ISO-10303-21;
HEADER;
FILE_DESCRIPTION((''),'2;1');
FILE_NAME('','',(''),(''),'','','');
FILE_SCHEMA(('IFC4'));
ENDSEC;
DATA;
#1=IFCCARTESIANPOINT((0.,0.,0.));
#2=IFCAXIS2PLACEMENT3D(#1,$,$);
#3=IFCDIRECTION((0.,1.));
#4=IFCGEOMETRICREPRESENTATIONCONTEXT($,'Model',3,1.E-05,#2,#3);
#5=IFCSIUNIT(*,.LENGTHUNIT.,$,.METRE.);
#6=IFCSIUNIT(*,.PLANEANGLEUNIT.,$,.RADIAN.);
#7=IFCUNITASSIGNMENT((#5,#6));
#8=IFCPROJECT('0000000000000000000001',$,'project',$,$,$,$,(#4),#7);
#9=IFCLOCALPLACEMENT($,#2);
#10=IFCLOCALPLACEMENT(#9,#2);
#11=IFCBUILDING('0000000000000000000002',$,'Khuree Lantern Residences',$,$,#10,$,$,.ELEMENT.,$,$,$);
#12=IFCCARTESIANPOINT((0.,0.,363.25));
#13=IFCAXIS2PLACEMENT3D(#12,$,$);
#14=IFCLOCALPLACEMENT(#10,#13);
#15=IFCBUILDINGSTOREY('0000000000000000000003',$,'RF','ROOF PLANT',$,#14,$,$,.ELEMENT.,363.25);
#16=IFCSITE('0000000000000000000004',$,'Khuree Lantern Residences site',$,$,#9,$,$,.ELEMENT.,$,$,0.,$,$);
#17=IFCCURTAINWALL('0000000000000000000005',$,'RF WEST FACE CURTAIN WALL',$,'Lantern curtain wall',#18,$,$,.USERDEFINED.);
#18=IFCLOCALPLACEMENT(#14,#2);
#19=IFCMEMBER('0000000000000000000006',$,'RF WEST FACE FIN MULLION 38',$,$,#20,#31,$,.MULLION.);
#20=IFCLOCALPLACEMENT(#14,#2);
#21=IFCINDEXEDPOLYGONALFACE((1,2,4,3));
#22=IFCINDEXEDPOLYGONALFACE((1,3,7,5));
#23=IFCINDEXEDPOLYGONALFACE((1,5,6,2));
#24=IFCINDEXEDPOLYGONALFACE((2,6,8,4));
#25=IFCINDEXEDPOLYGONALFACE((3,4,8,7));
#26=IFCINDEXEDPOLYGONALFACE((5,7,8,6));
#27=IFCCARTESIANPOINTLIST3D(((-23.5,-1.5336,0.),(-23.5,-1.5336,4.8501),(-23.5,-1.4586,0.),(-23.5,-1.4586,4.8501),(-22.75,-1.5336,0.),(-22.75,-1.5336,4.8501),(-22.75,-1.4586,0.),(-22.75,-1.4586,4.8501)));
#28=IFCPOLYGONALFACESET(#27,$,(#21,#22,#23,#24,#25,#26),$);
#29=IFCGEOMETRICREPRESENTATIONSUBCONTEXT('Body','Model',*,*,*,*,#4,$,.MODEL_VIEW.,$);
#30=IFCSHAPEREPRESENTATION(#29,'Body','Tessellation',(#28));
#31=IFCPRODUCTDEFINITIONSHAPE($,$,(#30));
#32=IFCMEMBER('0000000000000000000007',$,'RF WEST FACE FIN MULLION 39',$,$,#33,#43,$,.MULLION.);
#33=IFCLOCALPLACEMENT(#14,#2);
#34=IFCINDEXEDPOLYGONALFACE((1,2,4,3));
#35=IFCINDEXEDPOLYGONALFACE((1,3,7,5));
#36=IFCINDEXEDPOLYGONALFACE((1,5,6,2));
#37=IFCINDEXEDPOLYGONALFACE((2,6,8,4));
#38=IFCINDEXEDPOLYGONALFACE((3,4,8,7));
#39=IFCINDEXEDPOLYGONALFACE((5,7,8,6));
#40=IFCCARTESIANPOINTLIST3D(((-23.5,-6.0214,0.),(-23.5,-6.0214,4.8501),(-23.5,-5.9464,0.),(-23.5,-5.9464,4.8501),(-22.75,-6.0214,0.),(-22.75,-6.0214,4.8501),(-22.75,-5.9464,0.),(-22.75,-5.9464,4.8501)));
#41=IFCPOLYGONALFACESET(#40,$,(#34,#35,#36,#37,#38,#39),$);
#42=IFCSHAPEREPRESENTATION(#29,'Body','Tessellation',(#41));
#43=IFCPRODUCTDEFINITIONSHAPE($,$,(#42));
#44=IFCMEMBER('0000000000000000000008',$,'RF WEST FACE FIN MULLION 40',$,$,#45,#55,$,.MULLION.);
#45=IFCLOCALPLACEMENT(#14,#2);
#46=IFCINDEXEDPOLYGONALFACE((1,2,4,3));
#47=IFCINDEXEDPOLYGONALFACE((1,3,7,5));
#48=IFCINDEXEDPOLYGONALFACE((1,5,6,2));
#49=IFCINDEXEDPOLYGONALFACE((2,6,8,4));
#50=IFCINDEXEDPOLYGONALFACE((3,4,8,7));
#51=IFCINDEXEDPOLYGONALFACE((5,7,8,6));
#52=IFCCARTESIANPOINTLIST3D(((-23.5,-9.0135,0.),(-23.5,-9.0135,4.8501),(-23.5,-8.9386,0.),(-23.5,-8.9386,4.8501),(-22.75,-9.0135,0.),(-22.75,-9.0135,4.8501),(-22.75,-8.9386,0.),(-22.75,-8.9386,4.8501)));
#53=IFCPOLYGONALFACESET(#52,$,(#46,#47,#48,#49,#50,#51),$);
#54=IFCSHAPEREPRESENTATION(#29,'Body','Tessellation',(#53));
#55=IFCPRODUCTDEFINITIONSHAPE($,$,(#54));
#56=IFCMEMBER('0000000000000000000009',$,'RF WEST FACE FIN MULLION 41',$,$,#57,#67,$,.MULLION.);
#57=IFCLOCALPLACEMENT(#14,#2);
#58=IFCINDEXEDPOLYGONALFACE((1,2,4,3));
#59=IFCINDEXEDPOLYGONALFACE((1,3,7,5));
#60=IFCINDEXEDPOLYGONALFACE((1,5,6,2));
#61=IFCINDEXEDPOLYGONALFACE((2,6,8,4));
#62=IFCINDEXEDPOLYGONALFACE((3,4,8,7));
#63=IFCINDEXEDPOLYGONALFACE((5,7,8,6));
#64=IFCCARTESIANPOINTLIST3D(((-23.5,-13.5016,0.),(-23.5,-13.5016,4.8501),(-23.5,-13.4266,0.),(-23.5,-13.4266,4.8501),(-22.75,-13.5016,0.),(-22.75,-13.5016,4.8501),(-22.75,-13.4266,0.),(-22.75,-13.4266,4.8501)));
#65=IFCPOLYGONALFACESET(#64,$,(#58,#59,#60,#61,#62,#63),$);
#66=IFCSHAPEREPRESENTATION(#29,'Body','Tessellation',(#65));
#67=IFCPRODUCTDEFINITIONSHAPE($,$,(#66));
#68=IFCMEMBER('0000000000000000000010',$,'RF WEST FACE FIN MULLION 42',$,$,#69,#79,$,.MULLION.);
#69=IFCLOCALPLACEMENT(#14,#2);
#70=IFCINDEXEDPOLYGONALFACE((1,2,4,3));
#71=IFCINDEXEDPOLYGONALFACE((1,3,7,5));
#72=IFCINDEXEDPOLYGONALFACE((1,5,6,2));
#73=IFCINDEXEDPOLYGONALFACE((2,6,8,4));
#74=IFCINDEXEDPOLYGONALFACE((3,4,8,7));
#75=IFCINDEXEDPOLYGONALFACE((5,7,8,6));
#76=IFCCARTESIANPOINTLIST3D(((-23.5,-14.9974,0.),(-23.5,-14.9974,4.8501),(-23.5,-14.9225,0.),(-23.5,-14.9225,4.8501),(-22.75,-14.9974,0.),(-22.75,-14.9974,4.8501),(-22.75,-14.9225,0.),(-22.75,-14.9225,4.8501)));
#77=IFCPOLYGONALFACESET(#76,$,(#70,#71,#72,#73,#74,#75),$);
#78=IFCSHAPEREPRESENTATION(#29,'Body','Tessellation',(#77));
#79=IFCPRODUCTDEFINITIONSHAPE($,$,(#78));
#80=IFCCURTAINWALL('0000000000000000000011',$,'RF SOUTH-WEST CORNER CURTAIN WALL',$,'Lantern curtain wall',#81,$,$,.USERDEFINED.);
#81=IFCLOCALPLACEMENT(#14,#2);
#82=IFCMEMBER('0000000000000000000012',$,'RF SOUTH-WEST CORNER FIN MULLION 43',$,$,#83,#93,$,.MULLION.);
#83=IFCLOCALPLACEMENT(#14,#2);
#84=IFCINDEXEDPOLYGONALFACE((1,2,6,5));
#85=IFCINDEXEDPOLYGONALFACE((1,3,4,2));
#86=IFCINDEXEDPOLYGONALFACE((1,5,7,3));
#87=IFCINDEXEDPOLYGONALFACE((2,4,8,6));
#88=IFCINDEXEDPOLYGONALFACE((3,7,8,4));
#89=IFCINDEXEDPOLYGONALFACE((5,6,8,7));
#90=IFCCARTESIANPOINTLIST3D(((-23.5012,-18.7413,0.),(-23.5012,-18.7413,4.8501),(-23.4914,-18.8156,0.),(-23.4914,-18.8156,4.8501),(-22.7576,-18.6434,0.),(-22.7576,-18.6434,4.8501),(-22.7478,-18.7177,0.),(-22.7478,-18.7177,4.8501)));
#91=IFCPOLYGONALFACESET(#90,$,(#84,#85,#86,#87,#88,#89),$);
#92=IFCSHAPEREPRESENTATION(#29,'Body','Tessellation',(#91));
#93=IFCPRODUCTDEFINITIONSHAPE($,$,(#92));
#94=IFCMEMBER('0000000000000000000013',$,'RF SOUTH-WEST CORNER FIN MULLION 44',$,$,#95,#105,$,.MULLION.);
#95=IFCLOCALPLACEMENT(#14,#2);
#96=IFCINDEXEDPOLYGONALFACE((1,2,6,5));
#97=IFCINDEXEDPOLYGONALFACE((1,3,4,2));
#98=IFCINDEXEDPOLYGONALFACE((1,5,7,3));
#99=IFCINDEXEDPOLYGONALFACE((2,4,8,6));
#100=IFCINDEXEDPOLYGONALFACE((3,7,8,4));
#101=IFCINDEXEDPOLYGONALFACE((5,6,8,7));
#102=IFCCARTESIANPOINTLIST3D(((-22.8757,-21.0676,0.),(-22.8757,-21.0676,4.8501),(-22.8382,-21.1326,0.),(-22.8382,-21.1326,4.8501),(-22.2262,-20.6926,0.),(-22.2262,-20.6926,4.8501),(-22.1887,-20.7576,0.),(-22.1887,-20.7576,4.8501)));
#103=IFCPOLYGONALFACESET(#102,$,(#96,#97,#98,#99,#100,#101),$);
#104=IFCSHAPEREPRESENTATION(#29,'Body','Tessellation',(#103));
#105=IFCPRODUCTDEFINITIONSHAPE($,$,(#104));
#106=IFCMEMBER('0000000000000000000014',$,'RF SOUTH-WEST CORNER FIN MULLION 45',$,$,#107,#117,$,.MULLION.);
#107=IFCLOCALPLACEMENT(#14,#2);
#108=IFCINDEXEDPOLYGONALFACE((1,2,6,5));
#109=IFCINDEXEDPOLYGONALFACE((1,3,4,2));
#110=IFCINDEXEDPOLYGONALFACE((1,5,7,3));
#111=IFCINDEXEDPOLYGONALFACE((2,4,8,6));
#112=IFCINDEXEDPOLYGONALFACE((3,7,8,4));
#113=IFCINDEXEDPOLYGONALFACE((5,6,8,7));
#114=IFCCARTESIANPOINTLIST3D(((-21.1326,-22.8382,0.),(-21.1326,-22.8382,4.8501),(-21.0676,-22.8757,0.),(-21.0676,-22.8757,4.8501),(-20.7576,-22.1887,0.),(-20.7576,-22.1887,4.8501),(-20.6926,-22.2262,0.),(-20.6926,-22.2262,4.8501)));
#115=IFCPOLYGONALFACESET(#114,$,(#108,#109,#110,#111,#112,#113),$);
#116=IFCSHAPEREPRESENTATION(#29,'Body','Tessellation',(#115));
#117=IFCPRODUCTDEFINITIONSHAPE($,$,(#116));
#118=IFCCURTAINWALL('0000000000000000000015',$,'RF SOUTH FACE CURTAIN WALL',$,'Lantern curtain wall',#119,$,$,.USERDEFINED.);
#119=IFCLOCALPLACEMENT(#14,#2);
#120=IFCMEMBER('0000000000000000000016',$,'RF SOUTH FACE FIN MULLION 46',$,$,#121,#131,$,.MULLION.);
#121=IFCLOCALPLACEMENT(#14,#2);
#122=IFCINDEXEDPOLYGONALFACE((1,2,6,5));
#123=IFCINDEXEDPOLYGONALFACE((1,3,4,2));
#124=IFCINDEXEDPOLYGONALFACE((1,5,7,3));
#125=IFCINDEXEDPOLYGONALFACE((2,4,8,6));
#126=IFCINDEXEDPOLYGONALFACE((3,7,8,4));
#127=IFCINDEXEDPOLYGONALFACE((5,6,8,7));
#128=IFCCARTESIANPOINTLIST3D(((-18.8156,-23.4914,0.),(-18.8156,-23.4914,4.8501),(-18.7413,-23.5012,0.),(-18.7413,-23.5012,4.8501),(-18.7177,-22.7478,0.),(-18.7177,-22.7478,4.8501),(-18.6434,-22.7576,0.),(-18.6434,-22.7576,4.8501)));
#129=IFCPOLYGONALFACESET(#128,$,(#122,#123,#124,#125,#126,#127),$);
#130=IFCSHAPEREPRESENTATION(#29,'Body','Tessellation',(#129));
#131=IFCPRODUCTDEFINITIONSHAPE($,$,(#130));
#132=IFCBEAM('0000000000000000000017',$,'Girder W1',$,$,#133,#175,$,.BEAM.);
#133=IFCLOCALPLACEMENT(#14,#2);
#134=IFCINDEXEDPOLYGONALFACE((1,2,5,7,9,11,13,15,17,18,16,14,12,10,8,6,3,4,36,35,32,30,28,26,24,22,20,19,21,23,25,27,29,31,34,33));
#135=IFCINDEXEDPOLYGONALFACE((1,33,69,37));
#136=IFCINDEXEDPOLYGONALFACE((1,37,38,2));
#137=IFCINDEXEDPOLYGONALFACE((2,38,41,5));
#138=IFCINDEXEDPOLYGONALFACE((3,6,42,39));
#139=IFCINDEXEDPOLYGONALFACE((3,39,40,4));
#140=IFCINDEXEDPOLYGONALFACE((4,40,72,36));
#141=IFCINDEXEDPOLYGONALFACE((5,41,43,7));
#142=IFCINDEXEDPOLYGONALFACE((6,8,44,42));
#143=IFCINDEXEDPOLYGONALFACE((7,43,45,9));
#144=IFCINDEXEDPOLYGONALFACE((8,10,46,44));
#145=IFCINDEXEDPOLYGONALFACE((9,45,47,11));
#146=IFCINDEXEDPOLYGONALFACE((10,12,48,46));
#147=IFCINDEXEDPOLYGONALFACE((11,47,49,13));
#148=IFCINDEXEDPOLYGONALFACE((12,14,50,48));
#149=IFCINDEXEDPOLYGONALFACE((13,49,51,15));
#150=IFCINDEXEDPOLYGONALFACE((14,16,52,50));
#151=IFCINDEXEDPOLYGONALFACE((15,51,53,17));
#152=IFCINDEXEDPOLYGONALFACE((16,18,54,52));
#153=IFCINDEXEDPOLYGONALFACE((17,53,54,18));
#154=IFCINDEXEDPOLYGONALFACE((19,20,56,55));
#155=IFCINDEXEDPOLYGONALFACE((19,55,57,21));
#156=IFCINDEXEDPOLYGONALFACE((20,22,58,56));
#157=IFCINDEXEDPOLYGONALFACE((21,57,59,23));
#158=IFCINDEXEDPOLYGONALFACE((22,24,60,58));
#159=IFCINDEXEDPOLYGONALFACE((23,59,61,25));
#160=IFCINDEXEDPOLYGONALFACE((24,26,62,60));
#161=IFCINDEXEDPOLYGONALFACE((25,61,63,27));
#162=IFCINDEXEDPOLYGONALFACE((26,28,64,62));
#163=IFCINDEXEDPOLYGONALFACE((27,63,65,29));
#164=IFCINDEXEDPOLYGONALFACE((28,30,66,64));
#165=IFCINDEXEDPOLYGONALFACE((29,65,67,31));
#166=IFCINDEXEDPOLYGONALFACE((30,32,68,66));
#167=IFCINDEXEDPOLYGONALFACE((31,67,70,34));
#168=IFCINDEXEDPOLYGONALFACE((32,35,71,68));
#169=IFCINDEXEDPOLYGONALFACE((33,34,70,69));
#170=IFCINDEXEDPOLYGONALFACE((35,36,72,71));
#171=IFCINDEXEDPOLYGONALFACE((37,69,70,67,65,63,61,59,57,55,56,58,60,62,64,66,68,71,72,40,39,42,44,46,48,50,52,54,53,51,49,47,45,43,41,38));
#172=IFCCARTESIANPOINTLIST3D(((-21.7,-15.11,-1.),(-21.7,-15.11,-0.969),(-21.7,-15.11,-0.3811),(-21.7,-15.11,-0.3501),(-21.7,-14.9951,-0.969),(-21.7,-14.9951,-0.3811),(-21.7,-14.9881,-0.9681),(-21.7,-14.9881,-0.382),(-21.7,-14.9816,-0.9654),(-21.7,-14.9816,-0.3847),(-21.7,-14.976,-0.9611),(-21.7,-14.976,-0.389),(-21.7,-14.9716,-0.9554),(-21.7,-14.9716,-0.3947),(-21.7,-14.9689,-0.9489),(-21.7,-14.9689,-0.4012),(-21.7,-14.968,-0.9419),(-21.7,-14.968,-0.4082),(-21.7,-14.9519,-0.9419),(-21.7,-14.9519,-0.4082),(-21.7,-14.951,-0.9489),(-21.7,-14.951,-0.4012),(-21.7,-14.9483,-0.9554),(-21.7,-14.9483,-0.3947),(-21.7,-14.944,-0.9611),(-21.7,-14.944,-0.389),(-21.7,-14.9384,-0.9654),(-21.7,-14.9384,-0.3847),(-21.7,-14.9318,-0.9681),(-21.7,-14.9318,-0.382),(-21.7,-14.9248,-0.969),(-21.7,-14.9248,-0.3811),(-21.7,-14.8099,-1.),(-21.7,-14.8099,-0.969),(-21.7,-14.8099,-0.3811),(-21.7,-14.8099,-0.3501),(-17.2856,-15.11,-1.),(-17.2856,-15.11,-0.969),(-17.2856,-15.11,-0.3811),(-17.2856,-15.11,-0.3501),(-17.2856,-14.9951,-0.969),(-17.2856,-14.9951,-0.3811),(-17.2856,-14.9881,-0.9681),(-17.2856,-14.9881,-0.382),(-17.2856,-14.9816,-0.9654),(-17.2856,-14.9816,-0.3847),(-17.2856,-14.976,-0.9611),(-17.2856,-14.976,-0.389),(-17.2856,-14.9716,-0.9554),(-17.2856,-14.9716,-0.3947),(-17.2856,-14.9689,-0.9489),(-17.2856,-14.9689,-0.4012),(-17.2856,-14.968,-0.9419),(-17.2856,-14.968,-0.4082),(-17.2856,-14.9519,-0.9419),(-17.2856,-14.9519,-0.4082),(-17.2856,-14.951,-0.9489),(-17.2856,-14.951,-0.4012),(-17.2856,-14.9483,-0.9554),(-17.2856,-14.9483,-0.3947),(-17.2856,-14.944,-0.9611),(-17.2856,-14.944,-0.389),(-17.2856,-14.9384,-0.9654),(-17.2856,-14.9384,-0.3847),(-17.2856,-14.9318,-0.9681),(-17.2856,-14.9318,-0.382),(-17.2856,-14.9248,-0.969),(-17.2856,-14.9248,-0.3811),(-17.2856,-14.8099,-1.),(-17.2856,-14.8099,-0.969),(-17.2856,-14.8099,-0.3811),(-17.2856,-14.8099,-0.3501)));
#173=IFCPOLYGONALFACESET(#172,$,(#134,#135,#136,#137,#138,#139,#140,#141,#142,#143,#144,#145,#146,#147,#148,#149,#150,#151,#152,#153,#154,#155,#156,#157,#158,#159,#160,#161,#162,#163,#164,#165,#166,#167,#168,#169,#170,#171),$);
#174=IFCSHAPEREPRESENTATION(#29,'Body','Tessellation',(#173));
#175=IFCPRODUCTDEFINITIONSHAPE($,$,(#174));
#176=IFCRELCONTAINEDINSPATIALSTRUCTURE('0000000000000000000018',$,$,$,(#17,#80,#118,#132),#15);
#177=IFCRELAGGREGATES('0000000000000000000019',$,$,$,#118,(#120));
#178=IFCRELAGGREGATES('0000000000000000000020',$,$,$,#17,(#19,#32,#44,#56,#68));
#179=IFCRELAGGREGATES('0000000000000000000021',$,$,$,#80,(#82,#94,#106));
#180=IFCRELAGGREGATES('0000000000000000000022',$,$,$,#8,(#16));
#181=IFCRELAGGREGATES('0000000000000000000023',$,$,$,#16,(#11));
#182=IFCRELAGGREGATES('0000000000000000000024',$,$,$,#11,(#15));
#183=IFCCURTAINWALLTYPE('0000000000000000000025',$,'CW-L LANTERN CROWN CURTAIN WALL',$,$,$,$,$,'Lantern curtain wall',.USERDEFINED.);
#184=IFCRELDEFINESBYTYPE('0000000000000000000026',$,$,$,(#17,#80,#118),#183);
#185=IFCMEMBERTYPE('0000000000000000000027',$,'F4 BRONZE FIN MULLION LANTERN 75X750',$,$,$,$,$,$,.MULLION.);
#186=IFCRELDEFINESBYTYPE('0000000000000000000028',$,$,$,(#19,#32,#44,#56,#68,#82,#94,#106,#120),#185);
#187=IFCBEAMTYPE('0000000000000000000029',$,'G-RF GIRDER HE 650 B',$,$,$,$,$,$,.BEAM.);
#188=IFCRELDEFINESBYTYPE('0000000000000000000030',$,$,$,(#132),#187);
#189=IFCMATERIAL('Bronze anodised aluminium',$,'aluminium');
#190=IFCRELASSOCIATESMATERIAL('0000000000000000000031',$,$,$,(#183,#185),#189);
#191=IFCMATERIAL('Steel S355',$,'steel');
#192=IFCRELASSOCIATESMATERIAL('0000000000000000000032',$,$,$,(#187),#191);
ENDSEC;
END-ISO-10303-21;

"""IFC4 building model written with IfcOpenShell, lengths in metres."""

from ifc_helpers import new_model, si_unit, direction, frame, origin, origin_2d, place, context, subcontext, project, spatial, rectangle, i_section, extrude, material, material_profile, profile_set, type_object, element, aggregate, save


model = new_model("IFC4")

# Units and contexts
model_context = context("Model", 3, precision=1e-05, world=origin(), true_north=direction((0.0, 1.0)))
body_context = subcontext(model_context, "Body", "Model", "MODEL_VIEW")
ifc_project = project(units=[si_unit("LENGTHUNIT", "METRE"), si_unit("PLANEANGLEUNIT", "RADIAN")], contexts=[model_context])

# Site, building, storey
site_placement = place(None, origin())
site = spatial("IfcSite", under=ifc_project, at=site_placement, Name="Khuree Lantern Residences site", CompositionType="ELEMENT", RefElevation=0.0)
building_placement = place(site_placement, origin())
building = spatial("IfcBuilding", under=site, at=building_placement, Name="Khuree Lantern Residences", CompositionType="ELEMENT")
storey_placement = place(building_placement, frame((0.0, 0.0, 363.25)))
storey = spatial("IfcBuildingStorey", under=building, at=storey_placement, Name="RF", Description="ROOF PLANT", CompositionType="ELEMENT", Elevation=363.25)

# Shared definitions
ifc_material_1 = material(Name="Steel S355", Category="steel")

# Curtain walls, members
ifc_material_2 = material(Name="Bronze anodised aluminium", Category="aluminium")
curtain_wall_type = type_object("IfcCurtainWallType", Name="CW-L LANTERN CROWN CURTAIN WALL", ElementType="Lantern curtain wall", PredefinedType="USERDEFINED", material=ifc_material_2)
curtain_wall_1_placement = place(storey_placement, origin())
curtain_wall_1 = element("IfcCurtainWall", 1, at=curtain_wall_1_placement, inside=storey, type_object=curtain_wall_type, Name="RF WEST FACE CURTAIN WALL", ObjectType="Lantern curtain wall", PredefinedType="USERDEFINED")
ifc_material_profile_1 = material_profile(ifc_material_2, rectangle(XDim=0.075, YDim=0.75, at=origin_2d()), Name="F4 75X750")
ifc_profile_set_1 = profile_set([ifc_material_profile_1], Name="Bronze anodised aluminium")
member_type_1 = type_object("IfcMemberType", Name="F4 BRONZE FIN MULLION LANTERN 75X750", PredefinedType="MULLION", material=ifc_profile_set_1)
member_1_placement = place(storey_placement, frame((-23.125, -1.4961, 0.0), z_axis=(0.0, 0.0, 1.0), x_axis=(0.0, -1.0, 0.0)))
member_1 = element("IfcMember", 2, at=member_1_placement, type_object=member_type_1, Name="RF WEST FACE FIN MULLION 38", PredefinedType="MULLION", context=body_context, shape_type="SweptSolid", body=[
    extrude(rectangle(XDim=0.075, YDim=0.75, at=origin_2d()), origin(), (0.0, 0.0, 1.0), 4.8501),
])
member_2_placement = place(storey_placement, frame((-23.125, -5.9839, 0.0), z_axis=(0.0, 0.0, 1.0), x_axis=(0.0, -1.0, 0.0)))
member_2 = element("IfcMember", 3, at=member_2_placement, type_object=member_type_1, Name="RF WEST FACE FIN MULLION 39", PredefinedType="MULLION", context=body_context, shape_type="SweptSolid", body=[
    extrude(rectangle(XDim=0.075, YDim=0.75, at=origin_2d()), origin(), (0.0, 0.0, 1.0), 4.8501),
])
member_3_placement = place(storey_placement, frame((-23.125, -8.9761, 0.0), z_axis=(0.0, 0.0, 1.0), x_axis=(0.0, -1.0, 0.0)))
member_3 = element("IfcMember", 4, at=member_3_placement, type_object=member_type_1, Name="RF WEST FACE FIN MULLION 40", PredefinedType="MULLION", context=body_context, shape_type="SweptSolid", body=[
    extrude(rectangle(XDim=0.075, YDim=0.75, at=origin_2d()), origin(), (0.0, 0.0, 1.0), 4.8501),
])
member_4_placement = place(storey_placement, frame((-23.125, -13.4641, 0.0), z_axis=(0.0, 0.0, 1.0), x_axis=(0.0, -1.0, 0.0)))
member_4 = element("IfcMember", 5, at=member_4_placement, type_object=member_type_1, Name="RF WEST FACE FIN MULLION 41", PredefinedType="MULLION", context=body_context, shape_type="SweptSolid", body=[
    extrude(rectangle(XDim=0.075, YDim=0.75, at=origin_2d()), origin(), (0.0, 0.0, 1.0), 4.8501),
])
member_5_placement = place(storey_placement, frame((-23.125, -14.96, 0.0), z_axis=(0.0, 0.0, 1.0), x_axis=(0.0, -1.0, 0.0)))
member_5 = element("IfcMember", 6, at=member_5_placement, type_object=member_type_1, Name="RF WEST FACE FIN MULLION 42", PredefinedType="MULLION", context=body_context, shape_type="SweptSolid", body=[
    extrude(rectangle(XDim=0.075, YDim=0.75, at=origin_2d()), origin(), (0.0, 0.0, 1.0), 4.8501),
])
curtain_wall_2_placement = place(storey_placement, origin())
curtain_wall_2 = element("IfcCurtainWall", 7, at=curtain_wall_2_placement, inside=storey, type_object=curtain_wall_type, Name="RF SOUTH-WEST CORNER CURTAIN WALL", ObjectType="Lantern curtain wall", PredefinedType="USERDEFINED")
member_6_placement = place(storey_placement, frame((-23.1245, -18.7295, 0.0), z_axis=(0.0, 0.0, 1.0), x_axis=(0.130526, -0.991445, 0.0)))
member_6 = element("IfcMember", 8, at=member_6_placement, type_object=member_type_1, Name="RF SOUTH-WEST CORNER FIN MULLION 43", PredefinedType="MULLION", context=body_context, shape_type="SweptSolid", body=[
    extrude(rectangle(XDim=0.075, YDim=0.75, at=origin_2d()), origin(), (0.0, 0.0, 1.0), 4.8501),
])
member_7_placement = place(storey_placement, frame((-22.5322, -20.9126, 0.0), z_axis=(0.0, 0.0, 1.0), x_axis=(0.5, -0.866025, 0.0)))
member_7 = element("IfcMember", 9, at=member_7_placement, type_object=member_type_1, Name="RF SOUTH-WEST CORNER FIN MULLION 44", PredefinedType="MULLION", context=body_context, shape_type="SweptSolid", body=[
    extrude(rectangle(XDim=0.075, YDim=0.75, at=origin_2d()), origin(), (0.0, 0.0, 1.0), 4.8501),
])
member_8_placement = place(storey_placement, frame((-20.9126, -22.5322, 0.0), z_axis=(0.0, 0.0, 1.0), x_axis=(0.866025, -0.5, 0.0)))
member_8 = element("IfcMember", 10, at=member_8_placement, type_object=member_type_1, Name="RF SOUTH-WEST CORNER FIN MULLION 45", PredefinedType="MULLION", context=body_context, shape_type="SweptSolid", body=[
    extrude(rectangle(XDim=0.075, YDim=0.75, at=origin_2d()), origin(), (0.0, 0.0, 1.0), 4.8501),
])

# Curtain wall, member
curtain_wall_3_placement = place(storey_placement, origin())
curtain_wall_3 = element("IfcCurtainWall", 11, at=curtain_wall_3_placement, inside=storey, type_object=curtain_wall_type, Name="RF SOUTH FACE CURTAIN WALL", ObjectType="Lantern curtain wall", PredefinedType="USERDEFINED")
member_9_placement = place(storey_placement, frame((-18.7295, -23.1245, 0.0), z_axis=(0.0, 0.0, 1.0), x_axis=(0.991445, -0.130526, 0.0)))
member_9 = element("IfcMember", 12, at=member_9_placement, type_object=member_type_1, Name="RF SOUTH FACE FIN MULLION 46", PredefinedType="MULLION", context=body_context, shape_type="SweptSolid", body=[
    extrude(rectangle(XDim=0.075, YDim=0.75, at=origin_2d()), origin(), (0.0, 0.0, 1.0), 4.8501),
])
aggregate(curtain_wall_3, [member_9])

# Beam
ifc_material_profile_2 = material_profile(ifc_material_1, i_section(OverallWidth=0.3, OverallDepth=0.6499, WebThickness=0.0161, FlangeThickness=0.031, FilletRadius=0.0271, at=origin_2d()), Name="HE 650 B")
ifc_profile_set_2 = profile_set([ifc_material_profile_2], Name="Steel S355")
beam_type_1 = type_object("IfcBeamType", Name="G-RF GIRDER HE 650 B", PredefinedType="BEAM", material=ifc_profile_set_2)
beam_1_placement = place(storey_placement, frame((-21.7, -14.96, -0.675), z_axis=(1.0, 0.0, 0.0), x_axis=(0.0, 1.0, 0.0)))
element("IfcBeam", 13, at=beam_1_placement, inside=storey, type_object=beam_type_1, Name="Girder W1", PredefinedType="BEAM", context=body_context, shape_type="SweptSolid", body=[
    extrude(i_section(OverallWidth=0.3, OverallDepth=0.6499, WebThickness=0.0161, FlangeThickness=0.031, FilletRadius=0.0271, at=origin_2d()), origin(), (0.0, 0.0, 1.0), 4.4143),
])

aggregate(curtain_wall_1, [member_1, member_2, member_3, member_4, member_5])
aggregate(curtain_wall_2, [member_6, member_7, member_8])

save(model, "model.ifc")
